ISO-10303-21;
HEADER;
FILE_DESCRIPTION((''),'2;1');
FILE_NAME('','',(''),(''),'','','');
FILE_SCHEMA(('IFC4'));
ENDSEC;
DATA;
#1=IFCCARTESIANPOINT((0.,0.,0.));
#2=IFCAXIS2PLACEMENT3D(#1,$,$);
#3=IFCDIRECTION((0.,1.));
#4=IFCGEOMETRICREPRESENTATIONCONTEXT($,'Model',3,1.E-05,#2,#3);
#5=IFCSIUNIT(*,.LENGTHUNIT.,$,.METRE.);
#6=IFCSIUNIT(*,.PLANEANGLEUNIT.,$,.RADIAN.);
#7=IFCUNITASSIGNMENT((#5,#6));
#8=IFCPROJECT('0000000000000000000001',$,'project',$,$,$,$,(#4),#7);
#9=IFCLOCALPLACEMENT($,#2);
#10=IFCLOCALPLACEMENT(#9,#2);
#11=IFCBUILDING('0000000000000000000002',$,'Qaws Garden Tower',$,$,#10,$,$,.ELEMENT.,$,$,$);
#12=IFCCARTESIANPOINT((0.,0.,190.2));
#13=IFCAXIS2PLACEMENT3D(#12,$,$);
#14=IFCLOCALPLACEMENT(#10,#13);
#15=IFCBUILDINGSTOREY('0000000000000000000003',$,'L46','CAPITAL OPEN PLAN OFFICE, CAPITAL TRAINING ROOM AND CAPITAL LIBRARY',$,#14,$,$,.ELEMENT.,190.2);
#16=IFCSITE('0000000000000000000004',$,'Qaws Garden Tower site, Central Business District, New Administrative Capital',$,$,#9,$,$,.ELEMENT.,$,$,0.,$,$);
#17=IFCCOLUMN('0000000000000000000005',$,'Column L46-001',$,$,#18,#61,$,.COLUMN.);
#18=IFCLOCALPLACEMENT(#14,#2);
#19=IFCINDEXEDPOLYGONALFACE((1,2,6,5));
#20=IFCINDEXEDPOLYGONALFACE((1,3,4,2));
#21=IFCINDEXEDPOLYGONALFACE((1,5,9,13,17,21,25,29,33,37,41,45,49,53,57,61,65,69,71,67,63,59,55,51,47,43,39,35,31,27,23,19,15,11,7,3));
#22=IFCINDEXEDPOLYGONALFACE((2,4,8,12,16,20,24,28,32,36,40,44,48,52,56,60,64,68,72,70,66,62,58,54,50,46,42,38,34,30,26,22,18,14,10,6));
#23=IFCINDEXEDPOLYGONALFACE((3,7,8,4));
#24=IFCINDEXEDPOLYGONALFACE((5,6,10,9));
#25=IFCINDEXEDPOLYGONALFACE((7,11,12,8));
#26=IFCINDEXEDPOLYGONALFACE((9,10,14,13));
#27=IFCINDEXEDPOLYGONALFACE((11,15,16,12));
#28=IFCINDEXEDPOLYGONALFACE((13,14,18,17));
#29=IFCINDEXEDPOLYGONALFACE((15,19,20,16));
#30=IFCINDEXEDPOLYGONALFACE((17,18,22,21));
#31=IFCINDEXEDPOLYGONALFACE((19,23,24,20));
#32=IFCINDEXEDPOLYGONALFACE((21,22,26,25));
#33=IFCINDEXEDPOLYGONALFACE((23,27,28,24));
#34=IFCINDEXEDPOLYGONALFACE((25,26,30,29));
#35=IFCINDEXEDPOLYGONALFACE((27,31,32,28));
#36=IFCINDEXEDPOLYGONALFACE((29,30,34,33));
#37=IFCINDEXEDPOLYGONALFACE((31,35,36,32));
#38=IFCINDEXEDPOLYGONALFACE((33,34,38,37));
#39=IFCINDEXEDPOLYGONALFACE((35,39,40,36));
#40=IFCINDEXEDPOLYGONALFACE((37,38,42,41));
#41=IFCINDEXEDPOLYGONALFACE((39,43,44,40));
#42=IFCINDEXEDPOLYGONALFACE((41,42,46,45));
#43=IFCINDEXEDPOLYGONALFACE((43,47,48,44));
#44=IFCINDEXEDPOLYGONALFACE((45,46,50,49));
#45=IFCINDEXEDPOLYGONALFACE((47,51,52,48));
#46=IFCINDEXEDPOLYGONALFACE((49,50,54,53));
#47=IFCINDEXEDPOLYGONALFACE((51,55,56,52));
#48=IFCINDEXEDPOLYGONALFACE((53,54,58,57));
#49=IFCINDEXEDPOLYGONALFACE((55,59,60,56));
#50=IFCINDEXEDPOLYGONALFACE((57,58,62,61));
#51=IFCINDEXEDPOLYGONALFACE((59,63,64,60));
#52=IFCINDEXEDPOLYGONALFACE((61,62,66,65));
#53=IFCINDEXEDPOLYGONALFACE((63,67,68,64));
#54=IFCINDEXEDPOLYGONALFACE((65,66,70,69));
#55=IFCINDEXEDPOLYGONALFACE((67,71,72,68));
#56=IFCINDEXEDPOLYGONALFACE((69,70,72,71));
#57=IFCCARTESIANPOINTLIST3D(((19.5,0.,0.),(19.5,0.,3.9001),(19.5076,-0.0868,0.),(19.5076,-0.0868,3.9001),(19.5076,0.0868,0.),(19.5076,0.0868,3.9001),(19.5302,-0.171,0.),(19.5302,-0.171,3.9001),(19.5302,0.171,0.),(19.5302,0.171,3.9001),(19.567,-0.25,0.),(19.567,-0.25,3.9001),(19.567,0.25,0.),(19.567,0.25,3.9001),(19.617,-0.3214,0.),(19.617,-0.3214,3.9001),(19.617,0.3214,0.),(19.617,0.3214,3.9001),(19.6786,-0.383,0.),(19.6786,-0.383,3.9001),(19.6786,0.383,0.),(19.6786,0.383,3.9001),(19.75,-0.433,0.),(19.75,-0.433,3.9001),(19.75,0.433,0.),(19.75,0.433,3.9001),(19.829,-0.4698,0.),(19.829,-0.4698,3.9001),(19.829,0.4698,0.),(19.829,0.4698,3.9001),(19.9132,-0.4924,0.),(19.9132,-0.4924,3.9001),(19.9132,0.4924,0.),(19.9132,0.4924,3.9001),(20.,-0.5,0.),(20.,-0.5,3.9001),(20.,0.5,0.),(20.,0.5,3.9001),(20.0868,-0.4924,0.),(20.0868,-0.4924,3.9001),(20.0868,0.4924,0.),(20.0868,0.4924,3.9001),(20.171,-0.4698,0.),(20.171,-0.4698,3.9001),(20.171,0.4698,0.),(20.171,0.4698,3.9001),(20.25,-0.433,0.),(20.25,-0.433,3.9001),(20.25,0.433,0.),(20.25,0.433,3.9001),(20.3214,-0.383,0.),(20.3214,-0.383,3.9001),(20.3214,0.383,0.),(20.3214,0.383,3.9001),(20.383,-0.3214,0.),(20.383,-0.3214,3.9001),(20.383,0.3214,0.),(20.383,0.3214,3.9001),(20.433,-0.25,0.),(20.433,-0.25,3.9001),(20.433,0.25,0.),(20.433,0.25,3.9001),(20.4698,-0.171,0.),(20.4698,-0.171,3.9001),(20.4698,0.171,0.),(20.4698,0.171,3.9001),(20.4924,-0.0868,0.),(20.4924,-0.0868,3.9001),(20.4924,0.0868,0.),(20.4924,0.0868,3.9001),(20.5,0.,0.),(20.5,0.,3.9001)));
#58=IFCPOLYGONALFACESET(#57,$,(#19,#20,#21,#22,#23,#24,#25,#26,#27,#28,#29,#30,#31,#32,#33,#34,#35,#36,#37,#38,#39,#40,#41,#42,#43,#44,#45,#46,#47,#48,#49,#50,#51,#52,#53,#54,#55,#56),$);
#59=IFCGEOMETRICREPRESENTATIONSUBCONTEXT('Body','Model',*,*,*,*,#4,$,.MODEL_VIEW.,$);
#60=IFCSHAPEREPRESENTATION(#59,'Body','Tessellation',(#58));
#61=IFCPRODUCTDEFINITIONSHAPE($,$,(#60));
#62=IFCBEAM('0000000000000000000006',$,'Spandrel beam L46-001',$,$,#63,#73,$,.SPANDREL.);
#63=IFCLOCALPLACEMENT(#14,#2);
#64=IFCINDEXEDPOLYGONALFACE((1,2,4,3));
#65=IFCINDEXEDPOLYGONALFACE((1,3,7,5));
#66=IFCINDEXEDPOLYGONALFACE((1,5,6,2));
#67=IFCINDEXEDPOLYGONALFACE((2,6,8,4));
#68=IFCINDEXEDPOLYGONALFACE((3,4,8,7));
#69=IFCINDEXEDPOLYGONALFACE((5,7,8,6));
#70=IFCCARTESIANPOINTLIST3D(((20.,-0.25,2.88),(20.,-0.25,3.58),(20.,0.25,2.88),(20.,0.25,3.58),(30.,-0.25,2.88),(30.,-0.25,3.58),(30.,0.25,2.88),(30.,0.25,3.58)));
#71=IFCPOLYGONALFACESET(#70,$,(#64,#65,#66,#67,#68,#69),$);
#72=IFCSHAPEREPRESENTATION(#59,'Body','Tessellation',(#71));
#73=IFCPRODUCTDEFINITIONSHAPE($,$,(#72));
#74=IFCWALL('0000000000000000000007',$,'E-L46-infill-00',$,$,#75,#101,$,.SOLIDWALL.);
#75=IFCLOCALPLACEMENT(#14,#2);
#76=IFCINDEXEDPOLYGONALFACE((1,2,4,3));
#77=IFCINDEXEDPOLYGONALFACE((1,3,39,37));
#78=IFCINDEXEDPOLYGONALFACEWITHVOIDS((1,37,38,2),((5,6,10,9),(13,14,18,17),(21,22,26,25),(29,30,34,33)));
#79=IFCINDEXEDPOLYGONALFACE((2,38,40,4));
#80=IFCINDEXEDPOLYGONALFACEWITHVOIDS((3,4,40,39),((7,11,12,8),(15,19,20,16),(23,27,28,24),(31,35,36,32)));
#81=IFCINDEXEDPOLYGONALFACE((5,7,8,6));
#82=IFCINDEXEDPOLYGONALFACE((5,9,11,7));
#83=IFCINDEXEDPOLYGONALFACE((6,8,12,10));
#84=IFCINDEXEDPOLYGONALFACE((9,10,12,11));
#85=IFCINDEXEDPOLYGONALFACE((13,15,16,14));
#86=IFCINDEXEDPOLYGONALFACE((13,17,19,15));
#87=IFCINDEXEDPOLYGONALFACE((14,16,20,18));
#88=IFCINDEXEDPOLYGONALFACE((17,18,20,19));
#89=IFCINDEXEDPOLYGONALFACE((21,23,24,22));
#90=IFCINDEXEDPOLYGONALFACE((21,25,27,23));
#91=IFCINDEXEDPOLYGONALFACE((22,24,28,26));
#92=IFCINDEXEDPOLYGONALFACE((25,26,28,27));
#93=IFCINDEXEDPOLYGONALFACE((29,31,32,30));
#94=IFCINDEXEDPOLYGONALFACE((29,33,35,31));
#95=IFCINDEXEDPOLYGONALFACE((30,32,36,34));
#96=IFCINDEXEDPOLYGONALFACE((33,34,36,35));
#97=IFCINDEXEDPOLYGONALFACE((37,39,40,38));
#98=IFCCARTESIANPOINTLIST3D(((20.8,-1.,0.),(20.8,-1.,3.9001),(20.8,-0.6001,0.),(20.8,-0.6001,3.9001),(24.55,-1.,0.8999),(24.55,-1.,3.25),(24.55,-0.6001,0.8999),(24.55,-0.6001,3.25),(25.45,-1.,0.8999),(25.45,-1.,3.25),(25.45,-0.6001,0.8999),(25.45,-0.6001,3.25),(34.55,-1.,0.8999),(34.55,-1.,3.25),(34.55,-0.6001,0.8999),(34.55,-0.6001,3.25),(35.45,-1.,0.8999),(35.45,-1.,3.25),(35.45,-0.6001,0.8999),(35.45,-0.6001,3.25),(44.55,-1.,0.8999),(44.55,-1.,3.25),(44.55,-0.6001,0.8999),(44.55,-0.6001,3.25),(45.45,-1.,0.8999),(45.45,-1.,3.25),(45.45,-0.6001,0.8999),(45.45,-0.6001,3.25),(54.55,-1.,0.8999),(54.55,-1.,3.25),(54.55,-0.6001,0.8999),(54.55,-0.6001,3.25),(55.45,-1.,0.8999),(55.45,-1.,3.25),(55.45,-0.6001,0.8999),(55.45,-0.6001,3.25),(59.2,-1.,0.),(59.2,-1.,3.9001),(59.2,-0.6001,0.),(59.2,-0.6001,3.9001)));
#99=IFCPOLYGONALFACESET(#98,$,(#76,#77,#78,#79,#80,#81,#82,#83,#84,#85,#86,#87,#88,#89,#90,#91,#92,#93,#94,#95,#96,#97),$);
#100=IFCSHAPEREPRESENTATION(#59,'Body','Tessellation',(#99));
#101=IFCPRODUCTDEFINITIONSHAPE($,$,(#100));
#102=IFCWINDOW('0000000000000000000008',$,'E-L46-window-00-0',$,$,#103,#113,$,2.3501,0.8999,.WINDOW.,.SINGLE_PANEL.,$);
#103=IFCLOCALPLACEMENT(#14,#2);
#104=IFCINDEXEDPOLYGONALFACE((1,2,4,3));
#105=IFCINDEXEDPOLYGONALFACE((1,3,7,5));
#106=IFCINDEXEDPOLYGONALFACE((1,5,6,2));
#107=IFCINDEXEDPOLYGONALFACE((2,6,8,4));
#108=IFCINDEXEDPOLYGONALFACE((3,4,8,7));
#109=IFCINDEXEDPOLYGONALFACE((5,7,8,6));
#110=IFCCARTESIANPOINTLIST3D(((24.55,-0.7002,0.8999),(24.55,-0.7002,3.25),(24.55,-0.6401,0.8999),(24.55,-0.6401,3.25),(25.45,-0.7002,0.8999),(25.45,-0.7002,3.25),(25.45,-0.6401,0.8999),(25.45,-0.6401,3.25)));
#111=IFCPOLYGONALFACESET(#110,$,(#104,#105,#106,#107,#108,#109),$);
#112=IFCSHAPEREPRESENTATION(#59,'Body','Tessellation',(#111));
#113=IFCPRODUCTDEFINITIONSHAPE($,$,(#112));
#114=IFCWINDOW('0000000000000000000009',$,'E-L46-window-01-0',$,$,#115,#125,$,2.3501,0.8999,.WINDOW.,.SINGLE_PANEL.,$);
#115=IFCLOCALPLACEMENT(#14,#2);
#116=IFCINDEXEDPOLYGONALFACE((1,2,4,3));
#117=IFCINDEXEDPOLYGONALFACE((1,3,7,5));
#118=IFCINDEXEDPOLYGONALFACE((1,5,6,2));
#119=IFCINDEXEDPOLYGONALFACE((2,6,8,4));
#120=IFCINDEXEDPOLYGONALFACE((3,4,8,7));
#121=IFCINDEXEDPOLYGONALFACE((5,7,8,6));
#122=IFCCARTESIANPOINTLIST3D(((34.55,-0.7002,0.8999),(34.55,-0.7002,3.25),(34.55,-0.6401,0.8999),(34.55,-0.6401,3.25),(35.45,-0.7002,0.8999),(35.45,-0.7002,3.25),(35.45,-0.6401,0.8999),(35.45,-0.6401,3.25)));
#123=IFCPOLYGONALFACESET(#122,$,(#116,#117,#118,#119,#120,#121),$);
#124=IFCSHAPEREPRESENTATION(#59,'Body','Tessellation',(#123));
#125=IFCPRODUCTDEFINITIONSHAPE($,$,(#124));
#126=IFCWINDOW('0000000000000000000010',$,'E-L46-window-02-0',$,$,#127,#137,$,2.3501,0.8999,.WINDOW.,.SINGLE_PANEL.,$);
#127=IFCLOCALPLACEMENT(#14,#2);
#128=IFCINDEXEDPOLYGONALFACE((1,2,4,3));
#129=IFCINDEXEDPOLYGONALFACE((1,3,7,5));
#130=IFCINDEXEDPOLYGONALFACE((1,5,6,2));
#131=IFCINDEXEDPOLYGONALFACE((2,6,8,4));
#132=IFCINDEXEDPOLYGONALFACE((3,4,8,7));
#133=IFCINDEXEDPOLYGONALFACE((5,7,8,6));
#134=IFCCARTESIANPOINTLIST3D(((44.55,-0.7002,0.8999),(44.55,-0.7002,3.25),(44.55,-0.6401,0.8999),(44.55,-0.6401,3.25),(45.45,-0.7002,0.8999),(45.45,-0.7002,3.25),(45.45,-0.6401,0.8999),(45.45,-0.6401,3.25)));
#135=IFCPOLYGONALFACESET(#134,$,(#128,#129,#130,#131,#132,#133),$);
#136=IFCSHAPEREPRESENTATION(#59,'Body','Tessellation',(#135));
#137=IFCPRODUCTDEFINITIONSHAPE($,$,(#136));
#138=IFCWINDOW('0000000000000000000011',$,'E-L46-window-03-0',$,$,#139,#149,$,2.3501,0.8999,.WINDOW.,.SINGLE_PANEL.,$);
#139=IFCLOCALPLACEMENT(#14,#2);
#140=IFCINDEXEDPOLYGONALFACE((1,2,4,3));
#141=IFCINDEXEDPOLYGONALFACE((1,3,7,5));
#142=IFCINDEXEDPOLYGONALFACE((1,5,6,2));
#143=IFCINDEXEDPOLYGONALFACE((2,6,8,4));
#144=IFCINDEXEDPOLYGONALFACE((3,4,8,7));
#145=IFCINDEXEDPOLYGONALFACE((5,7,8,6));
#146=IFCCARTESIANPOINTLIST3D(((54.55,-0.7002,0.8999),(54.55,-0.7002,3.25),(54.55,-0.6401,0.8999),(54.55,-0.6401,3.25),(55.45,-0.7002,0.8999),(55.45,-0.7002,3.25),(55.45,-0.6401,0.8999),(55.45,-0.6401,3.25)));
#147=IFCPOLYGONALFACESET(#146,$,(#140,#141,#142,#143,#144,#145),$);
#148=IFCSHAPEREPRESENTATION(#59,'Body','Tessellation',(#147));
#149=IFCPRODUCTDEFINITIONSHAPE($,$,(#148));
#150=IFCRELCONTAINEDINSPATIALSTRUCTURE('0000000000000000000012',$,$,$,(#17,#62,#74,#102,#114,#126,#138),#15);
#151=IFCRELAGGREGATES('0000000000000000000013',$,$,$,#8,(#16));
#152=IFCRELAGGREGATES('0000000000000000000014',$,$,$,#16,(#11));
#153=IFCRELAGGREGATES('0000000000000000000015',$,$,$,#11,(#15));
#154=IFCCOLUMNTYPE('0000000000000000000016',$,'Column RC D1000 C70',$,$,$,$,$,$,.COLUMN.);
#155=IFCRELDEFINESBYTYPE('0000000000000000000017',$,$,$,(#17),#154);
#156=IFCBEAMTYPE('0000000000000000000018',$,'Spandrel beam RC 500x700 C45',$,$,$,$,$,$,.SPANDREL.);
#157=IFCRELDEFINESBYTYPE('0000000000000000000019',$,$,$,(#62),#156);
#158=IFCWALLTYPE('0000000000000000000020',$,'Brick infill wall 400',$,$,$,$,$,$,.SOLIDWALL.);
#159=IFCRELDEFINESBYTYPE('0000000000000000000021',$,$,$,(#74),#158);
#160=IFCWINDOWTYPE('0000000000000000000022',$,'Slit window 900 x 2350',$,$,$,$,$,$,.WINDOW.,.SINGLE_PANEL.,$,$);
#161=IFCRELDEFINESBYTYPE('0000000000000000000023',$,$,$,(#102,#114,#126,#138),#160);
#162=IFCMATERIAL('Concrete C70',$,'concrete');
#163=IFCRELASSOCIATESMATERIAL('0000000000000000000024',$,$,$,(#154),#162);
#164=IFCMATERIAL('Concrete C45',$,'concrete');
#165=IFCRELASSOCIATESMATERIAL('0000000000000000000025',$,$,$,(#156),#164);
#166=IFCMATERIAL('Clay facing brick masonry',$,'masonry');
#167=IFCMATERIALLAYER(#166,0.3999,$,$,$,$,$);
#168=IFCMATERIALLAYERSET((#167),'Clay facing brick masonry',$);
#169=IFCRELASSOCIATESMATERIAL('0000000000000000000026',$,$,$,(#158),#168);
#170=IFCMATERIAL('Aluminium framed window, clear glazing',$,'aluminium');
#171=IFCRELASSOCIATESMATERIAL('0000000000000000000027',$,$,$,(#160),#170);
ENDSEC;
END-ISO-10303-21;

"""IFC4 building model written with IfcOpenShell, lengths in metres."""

from ifc_helpers import new_model, si_unit, direction, frame, frame_2d, origin, origin_2d, place, context, subcontext, project, spatial, rectangle, circle, extrude, material, layer, layer_set, material_profile, profile_set, type_object, element, fill, save


model = new_model("IFC4")

# Units and contexts
model_context = context("Model", 3, precision=1e-05, world=origin(), true_north=direction((0.0, 1.0)))
body_context = subcontext(model_context, "Body", "Model", "MODEL_VIEW")
ifc_project = project(units=[si_unit("LENGTHUNIT", "METRE"), si_unit("PLANEANGLEUNIT", "RADIAN")], contexts=[model_context])

# Site, building, storey
site_placement = place(None, origin())
site = spatial("IfcSite", under=ifc_project, at=site_placement, Name="Qaws Garden Tower site, Central Business District, New Administrative Capital", CompositionType="ELEMENT", RefElevation=0.0)
building_placement = place(site_placement, origin())
building = spatial("IfcBuilding", under=site, at=building_placement, Name="Qaws Garden Tower", CompositionType="ELEMENT")
storey_placement = place(building_placement, frame((0.0, 0.0, 190.2)))
storey = spatial("IfcBuildingStorey", under=building, at=storey_placement, Name="L46", Description="CAPITAL OPEN PLAN OFFICE, CAPITAL TRAINING ROOM AND CAPITAL LIBRARY", CompositionType="ELEMENT", Elevation=190.2)

# Column
ifc_material_1 = material(Name="Concrete C70", Category="concrete")
ifc_material_profile_1 = material_profile(ifc_material_1, circle(Radius=0.5, at=origin_2d()), Name="RC D1000")
ifc_profile_set_1 = profile_set([ifc_material_profile_1], Name="Concrete C70")
column_type = type_object("IfcColumnType", Name="Column RC D1000 C70", PredefinedType="COLUMN", material=ifc_profile_set_1)
column_placement = place(storey_placement, frame((20.0, 0.0, 0.0), z_axis=(0.0, 0.0, 1.0), x_axis=(1.0, 0.0, 0.0)))
element("IfcColumn", 1, at=column_placement, inside=storey, type_object=column_type, Name="Column L46-001", PredefinedType="COLUMN", context=body_context, shape_type="SweptSolid", body=[
    extrude(circle(Radius=0.5, at=origin_2d()), origin(), (0.0, 0.0, 1.0), 3.9001),
])

# Beam
ifc_material_2 = material(Name="Concrete C45", Category="concrete")
ifc_material_profile_2 = material_profile(ifc_material_2, rectangle(XDim=0.5, YDim=0.7, at=origin_2d()), Name="RC 500x700")
ifc_profile_set_2 = profile_set([ifc_material_profile_2], Name="Concrete C45")
beam_type = type_object("IfcBeamType", Name="Spandrel beam RC 500x700 C45", PredefinedType="SPANDREL", material=ifc_profile_set_2)
beam_placement = place(storey_placement, frame((20.0, 0.0, 3.23), z_axis=(1.0, 0.0, 0.0), x_axis=(0.0, 1.0, 0.0)))
element("IfcBeam", 2, at=beam_placement, inside=storey, type_object=beam_type, Name="Spandrel beam L46-001", PredefinedType="SPANDREL", context=body_context, shape_type="SweptSolid", body=[
    extrude(rectangle(XDim=0.5, YDim=0.7, at=origin_2d()), origin(), (0.0, 0.0, 1.0), 10.0),
])

# Wall, openings, windows
ifc_material_3 = material(Name="Clay facing brick masonry", Category="masonry")
ifc_layer_1 = layer(ifc_material_3, 0.3999)
ifc_layer_set_1 = layer_set([ifc_layer_1], Name="Clay facing brick masonry")
wall_type_1 = type_object("IfcWallType", Name="Brick infill wall 400", PredefinedType="SOLIDWALL", material=ifc_layer_set_1)
wall_1_placement = place(storey_placement, frame((20.8, -0.8, 0.0), z_axis=(0.0, 0.0, 1.0), x_axis=(1.0, 0.0, 0.0)))
wall_1 = element("IfcWall", 3, at=wall_1_placement, inside=storey, type_object=wall_type_1, Name="E-L46-infill-00", PredefinedType="SOLIDWALL", context=body_context, shape_type="SweptSolid", body=[
    extrude(rectangle(XDim=38.3999, YDim=0.3999, at=frame_2d((19.2, 0.0))), origin(), (0.0, 0.0, 1.0), 3.9001),
])
opening_1_placement = place(wall_1_placement, frame((3.75, 0.0, 0.8999)))
opening_1 = element("IfcOpeningElement", 4, at=opening_1_placement, cuts=wall_1, PredefinedType="OPENING", context=body_context, shape_type="SweptSolid", body=[
    extrude(rectangle(XDim=0.8999, YDim=2.3501, at=frame_2d((0.45, 1.175))), frame((0.0, 0.21, 0.0), z_axis=(0.0, -1.0, 0.0), x_axis=(1.0, 0.0, 0.0)), (0.0, 0.0, 1.0), 0.4199),
])
opening_2_placement = place(wall_1_placement, frame((13.75, 0.0, 0.8999)))
opening_2 = element("IfcOpeningElement", 5, at=opening_2_placement, cuts=wall_1, PredefinedType="OPENING", context=body_context, shape_type="SweptSolid", body=[
    extrude(rectangle(XDim=0.8999, YDim=2.3501, at=frame_2d((0.45, 1.175))), frame((0.0, 0.21, 0.0), z_axis=(0.0, -1.0, 0.0), x_axis=(1.0, 0.0, 0.0)), (0.0, 0.0, 1.0), 0.4199),
])
opening_3_placement = place(wall_1_placement, frame((23.75, 0.0, 0.8999)))
opening_3 = element("IfcOpeningElement", 6, at=opening_3_placement, cuts=wall_1, PredefinedType="OPENING", context=body_context, shape_type="SweptSolid", body=[
    extrude(rectangle(XDim=0.8999, YDim=2.3501, at=frame_2d((0.45, 1.175))), frame((0.0, 0.21, 0.0), z_axis=(0.0, -1.0, 0.0), x_axis=(1.0, 0.0, 0.0)), (0.0, 0.0, 1.0), 0.4199),
])
opening_4_placement = place(wall_1_placement, frame((33.75, 0.0, 0.8999)))
opening_4 = element("IfcOpeningElement", 7, at=opening_4_placement, cuts=wall_1, PredefinedType="OPENING", context=body_context, shape_type="SweptSolid", body=[
    extrude(rectangle(XDim=0.8999, YDim=2.3501, at=frame_2d((0.45, 1.175))), frame((0.0, 0.21, 0.0), z_axis=(0.0, -1.0, 0.0), x_axis=(1.0, 0.0, 0.0)), (0.0, 0.0, 1.0), 0.4199),
])
ifc_material_4 = material(Name="Aluminium framed window, clear glazing", Category="aluminium")
window_type = type_object("IfcWindowType", Name="Slit window 900 x 2350", PartitioningType="SINGLE_PANEL", PredefinedType="WINDOW", material=ifc_material_4)
window_1_placement = place(opening_1_placement, origin())
window_1 = element("IfcWindow", 8, at=window_1_placement, inside=storey, type_object=window_type, Name="E-L46-window-00-0", OverallHeight=2.3501, OverallWidth=0.8999, PartitioningType="SINGLE_PANEL", PredefinedType="WINDOW", context=body_context, shape_type="SweptSolid", body=[
    extrude(rectangle(XDim=0.8999, YDim=2.3501, at=frame_2d((0.45, 1.175))), frame((0.0, 0.1599, 0.0), z_axis=(0.0, -1.0, 0.0), x_axis=(1.0, 0.0, 0.0)), (0.0, 0.0, 1.0), 0.0601),
])
fill(opening_1, window_1)
window_2_placement = place(opening_2_placement, origin())
window_2 = element("IfcWindow", 9, at=window_2_placement, inside=storey, type_object=window_type, Name="E-L46-window-01-0", OverallHeight=2.3501, OverallWidth=0.8999, PartitioningType="SINGLE_PANEL", PredefinedType="WINDOW", context=body_context, shape_type="SweptSolid", body=[
    extrude(rectangle(XDim=0.8999, YDim=2.3501, at=frame_2d((0.45, 1.175))), frame((0.0, 0.1599, 0.0), z_axis=(0.0, -1.0, 0.0), x_axis=(1.0, 0.0, 0.0)), (0.0, 0.0, 1.0), 0.0601),
])
fill(opening_2, window_2)
window_3_placement = place(opening_3_placement, origin())
window_3 = element("IfcWindow", 10, at=window_3_placement, inside=storey, type_object=window_type, Name="E-L46-window-02-0", OverallHeight=2.3501, OverallWidth=0.8999, PartitioningType="SINGLE_PANEL", PredefinedType="WINDOW", context=body_context, shape_type="SweptSolid", body=[
    extrude(rectangle(XDim=0.8999, YDim=2.3501, at=frame_2d((0.45, 1.175))), frame((0.0, 0.1599, 0.0), z_axis=(0.0, -1.0, 0.0), x_axis=(1.0, 0.0, 0.0)), (0.0, 0.0, 1.0), 0.0601),
])
fill(opening_3, window_3)
window_4_placement = place(opening_4_placement, origin())
window_4 = element("IfcWindow", 11, at=window_4_placement, inside=storey, type_object=window_type, Name="E-L46-window-03-0", OverallHeight=2.3501, OverallWidth=0.8999, PartitioningType="SINGLE_PANEL", PredefinedType="WINDOW", context=body_context, shape_type="SweptSolid", body=[
    extrude(rectangle(XDim=0.8999, YDim=2.3501, at=frame_2d((0.45, 1.175))), frame((0.0, 0.1599, 0.0), z_axis=(0.0, -1.0, 0.0), x_axis=(1.0, 0.0, 0.0)), (0.0, 0.0, 1.0), 0.0601),
])
fill(opening_4, window_4)

save(model, "model.ifc")
